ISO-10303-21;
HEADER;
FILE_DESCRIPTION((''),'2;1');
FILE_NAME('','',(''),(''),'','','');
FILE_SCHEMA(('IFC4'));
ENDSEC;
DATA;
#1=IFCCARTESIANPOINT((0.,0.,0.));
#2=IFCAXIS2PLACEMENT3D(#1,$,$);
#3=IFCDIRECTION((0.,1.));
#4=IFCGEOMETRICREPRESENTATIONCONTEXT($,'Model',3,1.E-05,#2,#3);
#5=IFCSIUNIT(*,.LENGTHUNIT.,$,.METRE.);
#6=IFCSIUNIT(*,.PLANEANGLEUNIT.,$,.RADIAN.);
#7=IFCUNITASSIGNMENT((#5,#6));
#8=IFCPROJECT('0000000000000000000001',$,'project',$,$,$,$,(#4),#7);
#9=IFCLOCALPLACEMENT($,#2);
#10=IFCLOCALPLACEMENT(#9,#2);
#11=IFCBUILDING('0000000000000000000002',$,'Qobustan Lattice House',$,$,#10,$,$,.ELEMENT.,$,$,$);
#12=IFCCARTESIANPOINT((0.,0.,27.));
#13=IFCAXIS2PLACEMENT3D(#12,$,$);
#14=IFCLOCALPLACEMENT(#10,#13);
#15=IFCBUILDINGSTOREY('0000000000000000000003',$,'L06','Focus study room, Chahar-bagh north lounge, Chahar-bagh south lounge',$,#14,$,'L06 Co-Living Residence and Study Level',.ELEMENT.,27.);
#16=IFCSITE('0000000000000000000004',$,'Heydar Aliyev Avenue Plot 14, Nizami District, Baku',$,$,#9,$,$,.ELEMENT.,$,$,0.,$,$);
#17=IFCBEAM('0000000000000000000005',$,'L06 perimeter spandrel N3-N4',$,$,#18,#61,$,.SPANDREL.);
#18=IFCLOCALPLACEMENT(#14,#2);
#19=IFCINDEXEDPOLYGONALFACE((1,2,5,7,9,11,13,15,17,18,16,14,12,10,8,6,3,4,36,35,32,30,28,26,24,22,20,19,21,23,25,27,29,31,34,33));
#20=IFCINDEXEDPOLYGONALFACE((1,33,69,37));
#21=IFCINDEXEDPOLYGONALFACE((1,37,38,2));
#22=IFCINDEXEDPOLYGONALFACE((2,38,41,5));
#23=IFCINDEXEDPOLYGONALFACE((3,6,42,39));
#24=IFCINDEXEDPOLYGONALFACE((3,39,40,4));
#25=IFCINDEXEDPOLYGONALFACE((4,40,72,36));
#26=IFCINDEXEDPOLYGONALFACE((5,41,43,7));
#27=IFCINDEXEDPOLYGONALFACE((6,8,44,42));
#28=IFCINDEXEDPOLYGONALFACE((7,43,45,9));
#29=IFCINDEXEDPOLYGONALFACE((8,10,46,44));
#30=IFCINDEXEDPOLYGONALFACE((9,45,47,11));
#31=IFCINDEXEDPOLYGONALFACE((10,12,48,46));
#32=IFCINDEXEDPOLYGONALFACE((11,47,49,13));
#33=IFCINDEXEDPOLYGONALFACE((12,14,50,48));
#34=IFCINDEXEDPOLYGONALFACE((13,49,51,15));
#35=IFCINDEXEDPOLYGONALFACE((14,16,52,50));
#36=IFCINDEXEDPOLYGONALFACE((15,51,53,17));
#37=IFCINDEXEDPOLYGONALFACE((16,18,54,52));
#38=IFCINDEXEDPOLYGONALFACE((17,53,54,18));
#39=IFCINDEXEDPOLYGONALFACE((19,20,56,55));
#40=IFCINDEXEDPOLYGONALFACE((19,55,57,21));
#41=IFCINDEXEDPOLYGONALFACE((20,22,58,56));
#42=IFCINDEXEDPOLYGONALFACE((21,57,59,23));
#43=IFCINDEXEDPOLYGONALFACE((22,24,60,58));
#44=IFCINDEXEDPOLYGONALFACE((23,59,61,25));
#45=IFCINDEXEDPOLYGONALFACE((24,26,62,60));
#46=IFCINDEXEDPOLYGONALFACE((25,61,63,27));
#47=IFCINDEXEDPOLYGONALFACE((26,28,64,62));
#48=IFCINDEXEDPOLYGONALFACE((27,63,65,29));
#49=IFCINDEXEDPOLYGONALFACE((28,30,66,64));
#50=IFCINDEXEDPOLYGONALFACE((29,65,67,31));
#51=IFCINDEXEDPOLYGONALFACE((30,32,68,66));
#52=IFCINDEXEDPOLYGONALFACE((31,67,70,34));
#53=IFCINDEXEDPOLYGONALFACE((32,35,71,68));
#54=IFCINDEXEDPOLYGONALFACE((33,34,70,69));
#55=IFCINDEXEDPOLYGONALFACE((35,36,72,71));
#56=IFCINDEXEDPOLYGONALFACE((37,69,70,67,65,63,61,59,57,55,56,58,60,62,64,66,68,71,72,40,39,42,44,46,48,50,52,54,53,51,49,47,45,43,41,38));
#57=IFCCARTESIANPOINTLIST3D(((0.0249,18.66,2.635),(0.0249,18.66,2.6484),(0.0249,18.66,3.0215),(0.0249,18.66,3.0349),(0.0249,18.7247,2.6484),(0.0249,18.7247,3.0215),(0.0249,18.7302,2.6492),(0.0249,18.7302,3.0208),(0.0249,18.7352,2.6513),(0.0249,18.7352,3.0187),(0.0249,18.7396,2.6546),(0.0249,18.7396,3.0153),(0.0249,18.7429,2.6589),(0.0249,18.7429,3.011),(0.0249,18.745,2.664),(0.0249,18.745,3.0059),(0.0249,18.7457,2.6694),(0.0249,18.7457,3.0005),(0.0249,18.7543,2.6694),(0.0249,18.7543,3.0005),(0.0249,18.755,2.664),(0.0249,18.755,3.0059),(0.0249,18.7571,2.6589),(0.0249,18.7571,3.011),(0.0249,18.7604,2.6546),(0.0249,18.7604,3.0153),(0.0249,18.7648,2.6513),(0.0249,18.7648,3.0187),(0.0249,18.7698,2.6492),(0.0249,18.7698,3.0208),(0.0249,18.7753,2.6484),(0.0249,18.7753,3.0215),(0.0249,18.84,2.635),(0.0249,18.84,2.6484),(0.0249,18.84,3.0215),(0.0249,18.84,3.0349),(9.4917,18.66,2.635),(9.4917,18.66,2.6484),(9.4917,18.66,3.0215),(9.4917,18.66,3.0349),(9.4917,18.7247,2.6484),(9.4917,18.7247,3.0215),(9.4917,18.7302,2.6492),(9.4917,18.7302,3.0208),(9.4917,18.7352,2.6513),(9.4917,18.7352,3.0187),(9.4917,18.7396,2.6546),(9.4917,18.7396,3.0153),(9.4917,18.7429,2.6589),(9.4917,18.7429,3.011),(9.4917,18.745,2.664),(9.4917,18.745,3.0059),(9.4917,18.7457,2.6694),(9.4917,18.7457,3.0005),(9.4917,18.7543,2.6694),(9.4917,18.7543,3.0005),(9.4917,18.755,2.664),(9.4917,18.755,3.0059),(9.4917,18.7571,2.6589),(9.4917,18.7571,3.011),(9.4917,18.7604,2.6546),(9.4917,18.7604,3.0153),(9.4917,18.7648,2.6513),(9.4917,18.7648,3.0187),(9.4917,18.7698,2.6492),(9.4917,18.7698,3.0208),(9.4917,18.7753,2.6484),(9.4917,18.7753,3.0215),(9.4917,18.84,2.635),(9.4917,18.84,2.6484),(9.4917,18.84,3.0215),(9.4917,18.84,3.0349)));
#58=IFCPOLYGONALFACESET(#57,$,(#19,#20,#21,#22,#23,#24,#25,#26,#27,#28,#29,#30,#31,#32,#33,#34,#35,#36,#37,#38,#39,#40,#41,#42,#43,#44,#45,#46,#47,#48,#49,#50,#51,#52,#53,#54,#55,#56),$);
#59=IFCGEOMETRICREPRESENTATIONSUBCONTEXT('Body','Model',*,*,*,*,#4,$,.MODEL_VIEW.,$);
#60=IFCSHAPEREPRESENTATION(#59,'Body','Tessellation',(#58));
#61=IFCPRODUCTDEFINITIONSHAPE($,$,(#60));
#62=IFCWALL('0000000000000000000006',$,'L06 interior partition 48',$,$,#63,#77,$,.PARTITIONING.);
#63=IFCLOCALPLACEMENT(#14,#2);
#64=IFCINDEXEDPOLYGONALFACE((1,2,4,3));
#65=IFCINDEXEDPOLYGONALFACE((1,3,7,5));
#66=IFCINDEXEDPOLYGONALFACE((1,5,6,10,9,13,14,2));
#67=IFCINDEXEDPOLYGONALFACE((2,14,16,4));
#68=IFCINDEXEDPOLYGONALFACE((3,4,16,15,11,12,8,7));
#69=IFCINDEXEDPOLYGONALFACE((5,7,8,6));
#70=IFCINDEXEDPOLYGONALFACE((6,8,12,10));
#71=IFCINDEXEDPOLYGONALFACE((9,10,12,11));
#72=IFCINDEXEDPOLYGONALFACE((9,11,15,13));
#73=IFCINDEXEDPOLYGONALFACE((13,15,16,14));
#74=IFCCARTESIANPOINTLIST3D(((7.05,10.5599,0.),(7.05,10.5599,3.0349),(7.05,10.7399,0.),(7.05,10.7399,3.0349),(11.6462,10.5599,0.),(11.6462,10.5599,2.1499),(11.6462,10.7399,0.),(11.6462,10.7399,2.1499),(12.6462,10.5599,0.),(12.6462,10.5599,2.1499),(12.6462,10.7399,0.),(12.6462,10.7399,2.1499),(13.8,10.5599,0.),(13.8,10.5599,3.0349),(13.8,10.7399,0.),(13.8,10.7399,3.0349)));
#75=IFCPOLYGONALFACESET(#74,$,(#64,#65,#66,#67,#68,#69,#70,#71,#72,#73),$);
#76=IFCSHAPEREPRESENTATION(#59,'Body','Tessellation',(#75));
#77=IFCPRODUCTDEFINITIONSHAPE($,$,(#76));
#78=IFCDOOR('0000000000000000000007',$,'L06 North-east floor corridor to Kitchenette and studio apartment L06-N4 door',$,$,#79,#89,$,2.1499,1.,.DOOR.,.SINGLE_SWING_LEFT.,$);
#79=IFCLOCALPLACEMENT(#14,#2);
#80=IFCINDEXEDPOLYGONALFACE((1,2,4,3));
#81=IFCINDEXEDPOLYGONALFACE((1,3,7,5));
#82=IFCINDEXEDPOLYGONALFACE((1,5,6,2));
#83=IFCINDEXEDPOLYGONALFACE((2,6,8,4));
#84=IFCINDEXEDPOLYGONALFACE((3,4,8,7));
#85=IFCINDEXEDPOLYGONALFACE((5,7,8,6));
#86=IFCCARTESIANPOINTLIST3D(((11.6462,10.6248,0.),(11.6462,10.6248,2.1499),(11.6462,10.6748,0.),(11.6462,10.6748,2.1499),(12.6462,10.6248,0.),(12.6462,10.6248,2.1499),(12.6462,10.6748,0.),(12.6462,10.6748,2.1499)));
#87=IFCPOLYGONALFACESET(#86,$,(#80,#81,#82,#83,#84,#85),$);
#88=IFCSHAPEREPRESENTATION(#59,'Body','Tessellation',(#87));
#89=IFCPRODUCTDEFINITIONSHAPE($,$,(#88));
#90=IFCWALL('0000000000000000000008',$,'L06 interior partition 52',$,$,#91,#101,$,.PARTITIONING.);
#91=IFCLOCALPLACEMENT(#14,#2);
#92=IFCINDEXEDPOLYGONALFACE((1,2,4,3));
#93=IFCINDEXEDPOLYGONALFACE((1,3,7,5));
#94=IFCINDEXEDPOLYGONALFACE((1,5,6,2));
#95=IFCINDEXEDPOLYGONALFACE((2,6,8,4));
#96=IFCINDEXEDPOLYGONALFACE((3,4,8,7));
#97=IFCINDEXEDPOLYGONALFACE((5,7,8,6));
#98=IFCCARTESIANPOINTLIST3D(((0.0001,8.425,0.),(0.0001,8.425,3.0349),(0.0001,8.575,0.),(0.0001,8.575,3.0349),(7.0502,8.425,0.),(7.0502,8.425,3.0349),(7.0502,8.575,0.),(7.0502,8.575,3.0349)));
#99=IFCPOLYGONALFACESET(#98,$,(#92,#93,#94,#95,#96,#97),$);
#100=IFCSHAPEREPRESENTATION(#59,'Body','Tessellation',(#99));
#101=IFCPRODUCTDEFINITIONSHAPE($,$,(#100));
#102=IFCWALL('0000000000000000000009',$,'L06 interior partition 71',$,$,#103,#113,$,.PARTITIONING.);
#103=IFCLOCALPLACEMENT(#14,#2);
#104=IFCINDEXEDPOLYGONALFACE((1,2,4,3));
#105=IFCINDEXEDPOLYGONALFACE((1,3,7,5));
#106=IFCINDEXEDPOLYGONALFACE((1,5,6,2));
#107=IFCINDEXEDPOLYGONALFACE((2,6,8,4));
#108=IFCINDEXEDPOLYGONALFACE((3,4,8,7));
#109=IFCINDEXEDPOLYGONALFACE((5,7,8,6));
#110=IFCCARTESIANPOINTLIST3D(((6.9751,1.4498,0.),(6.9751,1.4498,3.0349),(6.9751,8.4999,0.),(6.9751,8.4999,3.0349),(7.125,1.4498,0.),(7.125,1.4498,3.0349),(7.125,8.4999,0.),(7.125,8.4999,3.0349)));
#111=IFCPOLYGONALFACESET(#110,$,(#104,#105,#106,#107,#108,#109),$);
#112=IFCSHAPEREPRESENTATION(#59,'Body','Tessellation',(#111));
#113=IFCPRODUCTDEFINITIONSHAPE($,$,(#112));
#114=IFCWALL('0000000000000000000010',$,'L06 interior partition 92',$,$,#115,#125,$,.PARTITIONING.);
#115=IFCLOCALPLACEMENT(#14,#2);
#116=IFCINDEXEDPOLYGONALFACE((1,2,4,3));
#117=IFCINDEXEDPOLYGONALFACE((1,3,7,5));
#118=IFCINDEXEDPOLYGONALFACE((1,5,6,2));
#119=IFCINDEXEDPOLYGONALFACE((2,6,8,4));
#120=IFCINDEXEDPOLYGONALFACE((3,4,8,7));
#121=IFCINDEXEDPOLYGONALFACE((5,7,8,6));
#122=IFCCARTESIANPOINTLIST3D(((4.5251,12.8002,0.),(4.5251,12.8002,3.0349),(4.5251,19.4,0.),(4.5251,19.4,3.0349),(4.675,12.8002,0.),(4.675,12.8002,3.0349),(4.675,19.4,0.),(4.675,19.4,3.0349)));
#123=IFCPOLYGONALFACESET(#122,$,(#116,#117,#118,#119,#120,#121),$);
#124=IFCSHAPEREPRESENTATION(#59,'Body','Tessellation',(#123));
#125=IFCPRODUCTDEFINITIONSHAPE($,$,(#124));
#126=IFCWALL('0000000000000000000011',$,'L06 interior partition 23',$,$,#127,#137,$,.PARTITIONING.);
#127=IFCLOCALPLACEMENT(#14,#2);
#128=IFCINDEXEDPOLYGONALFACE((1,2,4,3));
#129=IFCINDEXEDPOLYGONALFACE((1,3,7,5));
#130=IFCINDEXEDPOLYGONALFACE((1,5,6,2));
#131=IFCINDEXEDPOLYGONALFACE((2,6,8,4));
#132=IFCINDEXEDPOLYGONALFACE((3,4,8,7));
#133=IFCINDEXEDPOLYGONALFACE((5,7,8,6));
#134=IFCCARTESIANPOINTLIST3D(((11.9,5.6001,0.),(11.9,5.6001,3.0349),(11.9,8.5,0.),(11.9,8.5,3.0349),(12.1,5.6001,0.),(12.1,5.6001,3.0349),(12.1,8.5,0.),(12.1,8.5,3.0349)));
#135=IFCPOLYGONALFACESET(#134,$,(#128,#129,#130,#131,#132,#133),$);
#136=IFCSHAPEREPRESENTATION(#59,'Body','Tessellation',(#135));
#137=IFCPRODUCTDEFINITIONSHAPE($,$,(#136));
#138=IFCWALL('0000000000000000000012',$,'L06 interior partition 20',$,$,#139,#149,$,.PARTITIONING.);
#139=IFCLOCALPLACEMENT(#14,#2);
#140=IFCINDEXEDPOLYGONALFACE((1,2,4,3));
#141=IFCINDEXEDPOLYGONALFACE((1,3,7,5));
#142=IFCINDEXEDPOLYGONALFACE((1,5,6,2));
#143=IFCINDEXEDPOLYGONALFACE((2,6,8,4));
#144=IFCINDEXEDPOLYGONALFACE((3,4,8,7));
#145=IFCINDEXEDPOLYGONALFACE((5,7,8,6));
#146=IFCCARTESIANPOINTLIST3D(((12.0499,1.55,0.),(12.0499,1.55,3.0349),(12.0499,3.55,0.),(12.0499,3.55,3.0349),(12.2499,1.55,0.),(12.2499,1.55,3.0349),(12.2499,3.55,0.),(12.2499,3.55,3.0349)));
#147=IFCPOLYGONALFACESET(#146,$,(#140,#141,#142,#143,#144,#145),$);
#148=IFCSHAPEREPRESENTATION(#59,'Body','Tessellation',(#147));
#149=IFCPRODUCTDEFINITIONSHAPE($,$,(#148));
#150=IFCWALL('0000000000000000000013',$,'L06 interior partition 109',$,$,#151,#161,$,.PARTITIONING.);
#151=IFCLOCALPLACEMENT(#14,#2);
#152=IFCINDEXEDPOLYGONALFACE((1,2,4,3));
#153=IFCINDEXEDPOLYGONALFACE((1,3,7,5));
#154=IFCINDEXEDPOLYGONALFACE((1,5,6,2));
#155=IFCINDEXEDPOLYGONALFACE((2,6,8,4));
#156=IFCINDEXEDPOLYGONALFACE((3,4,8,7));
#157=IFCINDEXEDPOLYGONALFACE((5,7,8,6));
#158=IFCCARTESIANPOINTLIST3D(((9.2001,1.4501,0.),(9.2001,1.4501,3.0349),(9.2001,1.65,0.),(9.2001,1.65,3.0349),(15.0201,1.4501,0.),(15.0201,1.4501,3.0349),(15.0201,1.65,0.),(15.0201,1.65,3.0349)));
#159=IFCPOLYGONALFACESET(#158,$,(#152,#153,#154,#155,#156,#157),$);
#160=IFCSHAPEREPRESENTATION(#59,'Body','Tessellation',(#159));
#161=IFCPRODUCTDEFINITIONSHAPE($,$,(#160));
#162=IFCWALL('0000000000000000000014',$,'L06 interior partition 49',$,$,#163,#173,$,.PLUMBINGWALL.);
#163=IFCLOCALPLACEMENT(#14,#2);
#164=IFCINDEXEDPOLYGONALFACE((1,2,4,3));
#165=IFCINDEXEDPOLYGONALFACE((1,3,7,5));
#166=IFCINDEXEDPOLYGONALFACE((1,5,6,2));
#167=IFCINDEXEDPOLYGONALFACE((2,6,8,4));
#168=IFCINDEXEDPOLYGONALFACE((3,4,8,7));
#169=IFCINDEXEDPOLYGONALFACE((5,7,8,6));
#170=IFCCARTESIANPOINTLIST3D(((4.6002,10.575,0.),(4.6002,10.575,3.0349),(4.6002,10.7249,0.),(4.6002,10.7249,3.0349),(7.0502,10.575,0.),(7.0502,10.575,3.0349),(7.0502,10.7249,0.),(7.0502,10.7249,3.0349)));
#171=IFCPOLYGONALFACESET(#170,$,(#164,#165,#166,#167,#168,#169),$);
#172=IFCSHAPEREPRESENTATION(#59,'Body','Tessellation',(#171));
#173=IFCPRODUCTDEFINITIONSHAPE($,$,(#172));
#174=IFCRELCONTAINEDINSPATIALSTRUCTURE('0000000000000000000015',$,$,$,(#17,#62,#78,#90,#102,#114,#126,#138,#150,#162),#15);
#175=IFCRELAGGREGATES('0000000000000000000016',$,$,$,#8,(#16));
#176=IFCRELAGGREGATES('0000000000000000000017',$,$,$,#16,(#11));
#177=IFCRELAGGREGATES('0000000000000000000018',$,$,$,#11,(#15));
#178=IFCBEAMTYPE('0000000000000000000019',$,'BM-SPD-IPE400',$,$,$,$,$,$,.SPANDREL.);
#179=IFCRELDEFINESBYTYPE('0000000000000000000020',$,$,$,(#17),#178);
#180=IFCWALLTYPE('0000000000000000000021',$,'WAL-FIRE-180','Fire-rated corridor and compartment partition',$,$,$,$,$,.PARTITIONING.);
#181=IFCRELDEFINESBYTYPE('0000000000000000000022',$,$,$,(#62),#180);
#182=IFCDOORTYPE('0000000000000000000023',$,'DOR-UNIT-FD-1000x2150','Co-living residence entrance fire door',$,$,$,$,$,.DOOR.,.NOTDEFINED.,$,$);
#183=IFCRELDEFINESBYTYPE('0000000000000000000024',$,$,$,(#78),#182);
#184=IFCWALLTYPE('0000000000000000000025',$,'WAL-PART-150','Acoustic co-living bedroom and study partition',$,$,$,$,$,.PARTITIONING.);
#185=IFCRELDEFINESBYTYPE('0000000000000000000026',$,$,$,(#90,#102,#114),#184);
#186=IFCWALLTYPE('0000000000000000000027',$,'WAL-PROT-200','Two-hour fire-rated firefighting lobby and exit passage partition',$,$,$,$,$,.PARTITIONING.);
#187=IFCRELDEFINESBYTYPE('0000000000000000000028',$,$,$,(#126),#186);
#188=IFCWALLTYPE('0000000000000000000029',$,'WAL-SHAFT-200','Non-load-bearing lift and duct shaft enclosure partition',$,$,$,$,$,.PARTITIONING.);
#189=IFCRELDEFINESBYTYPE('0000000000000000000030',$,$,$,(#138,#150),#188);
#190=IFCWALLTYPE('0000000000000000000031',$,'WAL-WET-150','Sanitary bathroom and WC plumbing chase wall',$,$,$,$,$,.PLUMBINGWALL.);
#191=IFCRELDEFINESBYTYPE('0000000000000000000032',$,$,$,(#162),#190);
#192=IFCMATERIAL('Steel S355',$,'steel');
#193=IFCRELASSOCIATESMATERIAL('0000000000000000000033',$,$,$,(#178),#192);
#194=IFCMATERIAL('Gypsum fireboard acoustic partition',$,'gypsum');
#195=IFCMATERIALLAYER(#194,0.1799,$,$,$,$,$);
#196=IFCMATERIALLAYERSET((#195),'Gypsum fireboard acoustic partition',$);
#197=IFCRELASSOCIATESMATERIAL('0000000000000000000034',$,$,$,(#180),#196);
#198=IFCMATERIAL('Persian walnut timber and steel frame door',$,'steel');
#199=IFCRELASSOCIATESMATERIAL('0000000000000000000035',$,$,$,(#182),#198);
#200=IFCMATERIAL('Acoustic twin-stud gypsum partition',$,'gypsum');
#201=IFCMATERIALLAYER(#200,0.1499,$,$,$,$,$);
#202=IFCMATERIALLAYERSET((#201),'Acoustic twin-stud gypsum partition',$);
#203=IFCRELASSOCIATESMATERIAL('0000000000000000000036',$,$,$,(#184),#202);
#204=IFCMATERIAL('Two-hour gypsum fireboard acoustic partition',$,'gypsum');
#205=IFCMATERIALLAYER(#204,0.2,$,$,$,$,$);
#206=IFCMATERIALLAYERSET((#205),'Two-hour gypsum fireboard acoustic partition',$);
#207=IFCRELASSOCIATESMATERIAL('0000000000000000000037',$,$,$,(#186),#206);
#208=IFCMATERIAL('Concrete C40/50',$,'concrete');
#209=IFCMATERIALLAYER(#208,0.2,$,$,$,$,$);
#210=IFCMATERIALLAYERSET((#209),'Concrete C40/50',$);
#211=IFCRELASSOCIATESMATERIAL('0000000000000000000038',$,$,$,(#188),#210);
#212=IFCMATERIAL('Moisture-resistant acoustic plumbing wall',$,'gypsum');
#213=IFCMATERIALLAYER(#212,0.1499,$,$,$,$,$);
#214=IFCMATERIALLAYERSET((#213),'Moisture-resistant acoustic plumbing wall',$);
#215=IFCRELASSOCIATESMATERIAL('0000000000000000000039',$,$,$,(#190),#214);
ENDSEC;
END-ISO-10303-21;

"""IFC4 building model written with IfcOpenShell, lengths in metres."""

from ifc_helpers import new_model, si_unit, direction, frame, frame_2d, origin, origin_2d, place, context, subcontext, project, spatial, rectangle, i_section, extrude, material, layer, layer_set, material_profile, profile_set, type_object, element, fill, save


model = new_model("IFC4")

# Units and contexts
model_context = context("Model", 3, precision=1e-05, world=origin(), true_north=direction((0.0, 1.0)))
body_context = subcontext(model_context, "Body", "Model", "MODEL_VIEW")
ifc_project = project(units=[si_unit("LENGTHUNIT", "METRE"), si_unit("PLANEANGLEUNIT", "RADIAN")], contexts=[model_context])

# Site, building, storey
site_placement = place(None, origin())
site = spatial("IfcSite", under=ifc_project, at=site_placement, Name="Heydar Aliyev Avenue Plot 14, Nizami District, Baku", CompositionType="ELEMENT", RefElevation=0.0)
building_placement = place(site_placement, origin())
building = spatial("IfcBuilding", under=site, at=building_placement, Name="Qobustan Lattice House", CompositionType="ELEMENT")
storey_placement = place(building_placement, frame((0.0, 0.0, 27.0)))
storey = spatial("IfcBuildingStorey", under=building, at=storey_placement, Name="L06", Description="Focus study room, Chahar-bagh north lounge, Chahar-bagh south lounge", LongName="L06 Co-Living Residence and Study Level", CompositionType="ELEMENT", Elevation=27.0)

# Beam
ifc_material_1 = material(Name="Steel S355", Category="steel")
ifc_material_profile_1 = material_profile(ifc_material_1, i_section(OverallWidth=0.1799, OverallDepth=0.3999, WebThickness=0.0085, FlangeThickness=0.0134, FilletRadius=0.021, at=origin_2d()), Name="IPE400")
ifc_profile_set_1 = profile_set([ifc_material_profile_1], Name="Steel S355")
beam_type_1 = type_object("IfcBeamType", Name="BM-SPD-IPE400", PredefinedType="SPANDREL", material=ifc_profile_set_1)
beam_1_placement = place(storey_placement, frame((9.4917, 18.75, 2.835), z_axis=(-1.0, 0.0, 0.0), x_axis=(0.0, -1.0, 0.0)))
element("IfcBeam", 1, at=beam_1_placement, inside=storey, type_object=beam_type_1, Name="L06 perimeter spandrel N3-N4", PredefinedType="SPANDREL", context=body_context, shape_type="SweptSolid", body=[
    extrude(i_section(OverallWidth=0.1799, OverallDepth=0.3999, WebThickness=0.0085, FlangeThickness=0.0134, FilletRadius=0.021, at=origin_2d()), origin(), (0.0, 0.0, 1.0), 9.4668),
])

# Wall, opening, door
ifc_material_2 = material(Name="Gypsum fireboard acoustic partition", Category="gypsum")
ifc_layer_1 = layer(ifc_material_2, 0.1799)
ifc_layer_set_1 = layer_set([ifc_layer_1], Name="Gypsum fireboard acoustic partition")
wall_type_1 = type_object("IfcWallType", Name="WAL-FIRE-180", Description="Fire-rated corridor and compartment partition", PredefinedType="PARTITIONING", material=ifc_layer_set_1)
wall_1_placement = place(storey_placement, frame((7.05, 10.6499, 0.0), z_axis=(0.0, 0.0, 1.0), x_axis=(1.0, 0.0, 0.0)))
wall_1 = element("IfcWall", 2, at=wall_1_placement, inside=storey, type_object=wall_type_1, Name="L06 interior partition 48", PredefinedType="PARTITIONING", context=body_context, shape_type="SweptSolid", body=[
    extrude(rectangle(XDim=6.75, YDim=0.1799, at=frame_2d((3.375, 0.0))), origin(), (0.0, 0.0, 1.0), 3.0349),
])
opening_1_placement = place(wall_1_placement, frame((4.5962, 0.0, 0.0)))
opening_1 = element("IfcOpeningElement", 3, at=opening_1_placement, cuts=wall_1, PredefinedType="OPENING", context=body_context, shape_type="SweptSolid", body=[
    extrude(rectangle(XDim=1.0, YDim=2.1499, at=frame_2d((0.5, 1.075))), frame((0.0, 0.0999, 0.0), z_axis=(0.0, -1.0, 0.0), x_axis=(1.0, 0.0, 0.0)), (0.0, 0.0, 1.0), 0.2),
])
ifc_material_3 = material(Name="Persian walnut timber and steel frame door", Category="steel")
door_type_1 = type_object("IfcDoorType", Name="DOR-UNIT-FD-1000x2150", Description="Co-living residence entrance fire door", OperationType="NOTDEFINED", PredefinedType="DOOR", material=ifc_material_3)
door_1_placement = place(opening_1_placement, origin())
door_1 = element("IfcDoor", 4, at=door_1_placement, inside=storey, type_object=door_type_1, Name="L06 North-east floor corridor to Kitchenette and studio apartment L06-N4 door", OperationType="SINGLE_SWING_LEFT", OverallHeight=2.1499, OverallWidth=1.0, PredefinedType="DOOR", context=body_context, shape_type="SweptSolid", body=[
    extrude(rectangle(XDim=1.0, YDim=2.1499, at=frame_2d((0.5, 1.075))), frame((0.0, 0.0249, 0.0), z_axis=(0.0, -1.0, 0.0), x_axis=(1.0, 0.0, 0.0)), (0.0, 0.0, 1.0), 0.05),
])
fill(opening_1, door_1)

# Walls
ifc_material_4 = material(Name="Acoustic twin-stud gypsum partition", Category="gypsum")
ifc_layer_2 = layer(ifc_material_4, 0.1499)
ifc_layer_set_2 = layer_set([ifc_layer_2], Name="Acoustic twin-stud gypsum partition")
wall_type_2 = type_object("IfcWallType", Name="WAL-PART-150", Description="Acoustic co-living bedroom and study partition", PredefinedType="PARTITIONING", material=ifc_layer_set_2)
for number, where, z_axis, x_axis, name in (
    (5, (7.05, 8.5, 0.0), (0.0, 0.0, 1.0), (-1.0, 0.0, 0.0), "L06 interior partition 52"),
    (6, (7.05, 1.45, 0.0), (0.0, 0.0, 1.0), (0.0, 1.0, 0.0), "L06 interior partition 71"),
):
    element("IfcWall", number, at=place(storey_placement, frame(where, z_axis=z_axis, x_axis=x_axis)), inside=storey, type_object=wall_type_2, Name=name, PredefinedType="PARTITIONING", context=body_context, shape_type="SweptSolid", body=[
        extrude(rectangle(XDim=7.05, YDim=0.1499, at=frame_2d((3.5249, 0.0))), origin(), (0.0, 0.0, 1.0), 3.0349),
    ])
wall_2_placement = place(storey_placement, frame((4.6001, 19.3999, 0.0), z_axis=(0.0, 0.0, 1.0), x_axis=(0.0, -1.0, 0.0)))
element("IfcWall", 7, at=wall_2_placement, inside=storey, type_object=wall_type_2, Name="L06 interior partition 92", PredefinedType="PARTITIONING", context=body_context, shape_type="SweptSolid", body=[
    extrude(rectangle(XDim=6.5999, YDim=0.1499, at=frame_2d((3.2998, 0.0))), origin(), (0.0, 0.0, 1.0), 3.0349),
])
ifc_material_5 = material(Name="Two-hour gypsum fireboard acoustic partition", Category="gypsum")
ifc_layer_3 = layer(ifc_material_5, 0.2)
ifc_layer_set_3 = layer_set([ifc_layer_3], Name="Two-hour gypsum fireboard acoustic partition")
wall_type_3 = type_object("IfcWallType", Name="WAL-PROT-200", Description="Two-hour fire-rated firefighting lobby and exit passage partition", PredefinedType="PARTITIONING", material=ifc_layer_set_3)
wall_3_placement = place(storey_placement, frame((12.0, 8.5, 0.0), z_axis=(0.0, 0.0, 1.0), x_axis=(0.0, -1.0, 0.0)))
element("IfcWall", 8, at=wall_3_placement, inside=storey, type_object=wall_type_3, Name="L06 interior partition 23", PredefinedType="PARTITIONING", context=body_context, shape_type="SweptSolid", body=[
    extrude(rectangle(XDim=2.8999, YDim=0.2, at=frame_2d((1.45, 0.0))), origin(), (0.0, 0.0, 1.0), 3.0349),
])
ifc_material_6 = material(Name="Concrete C40/50", Category="concrete")
ifc_layer_4 = layer(ifc_material_6, 0.2)
ifc_layer_set_4 = layer_set([ifc_layer_4], Name="Concrete C40/50")
wall_type_4 = type_object("IfcWallType", Name="WAL-SHAFT-200", Description="Non-load-bearing lift and duct shaft enclosure partition", PredefinedType="PARTITIONING", material=ifc_layer_set_4)
wall_4_placement = place(storey_placement, frame((12.1499, 3.55, 0.0), z_axis=(0.0, 0.0, 1.0), x_axis=(0.0, -1.0, 0.0)))
element("IfcWall", 9, at=wall_4_placement, inside=storey, type_object=wall_type_4, Name="L06 interior partition 20", PredefinedType="PARTITIONING", context=body_context, shape_type="SweptSolid", body=[
    extrude(rectangle(XDim=2.0, YDim=0.2, at=frame_2d((1.0, 0.0))), origin(), (0.0, 0.0, 1.0), 3.0349),
])
wall_5_placement = place(storey_placement, frame((9.2, 1.55, 0.0), z_axis=(0.0, 0.0, 1.0), x_axis=(1.0, 0.0, 0.0)))
element("IfcWall", 10, at=wall_5_placement, inside=storey, type_object=wall_type_4, Name="L06 interior partition 109", PredefinedType="PARTITIONING", context=body_context, shape_type="SweptSolid", body=[
    extrude(rectangle(XDim=5.8201, YDim=0.2, at=frame_2d((2.9102, 0.0))), origin(), (0.0, 0.0, 1.0), 3.0349),
])
ifc_material_7 = material(Name="Moisture-resistant acoustic plumbing wall", Category="gypsum")
ifc_layer_5 = layer(ifc_material_7, 0.1499)
ifc_layer_set_5 = layer_set([ifc_layer_5], Name="Moisture-resistant acoustic plumbing wall")
wall_type_5 = type_object("IfcWallType", Name="WAL-WET-150", Description="Sanitary bathroom and WC plumbing chase wall", PredefinedType="PLUMBINGWALL", material=ifc_layer_set_5)
wall_6_placement = place(storey_placement, frame((4.6001, 10.6499, 0.0), z_axis=(0.0, 0.0, 1.0), x_axis=(1.0, 0.0, 0.0)))
element("IfcWall", 11, at=wall_6_placement, inside=storey, type_object=wall_type_5, Name="L06 interior partition 49", PredefinedType="PLUMBINGWALL", context=body_context, shape_type="SweptSolid", body=[
    extrude(rectangle(XDim=2.45, YDim=0.1499, at=frame_2d((1.2251, 0.0))), origin(), (0.0, 0.0, 1.0), 3.0349),
])

save(model, "model.ifc")
